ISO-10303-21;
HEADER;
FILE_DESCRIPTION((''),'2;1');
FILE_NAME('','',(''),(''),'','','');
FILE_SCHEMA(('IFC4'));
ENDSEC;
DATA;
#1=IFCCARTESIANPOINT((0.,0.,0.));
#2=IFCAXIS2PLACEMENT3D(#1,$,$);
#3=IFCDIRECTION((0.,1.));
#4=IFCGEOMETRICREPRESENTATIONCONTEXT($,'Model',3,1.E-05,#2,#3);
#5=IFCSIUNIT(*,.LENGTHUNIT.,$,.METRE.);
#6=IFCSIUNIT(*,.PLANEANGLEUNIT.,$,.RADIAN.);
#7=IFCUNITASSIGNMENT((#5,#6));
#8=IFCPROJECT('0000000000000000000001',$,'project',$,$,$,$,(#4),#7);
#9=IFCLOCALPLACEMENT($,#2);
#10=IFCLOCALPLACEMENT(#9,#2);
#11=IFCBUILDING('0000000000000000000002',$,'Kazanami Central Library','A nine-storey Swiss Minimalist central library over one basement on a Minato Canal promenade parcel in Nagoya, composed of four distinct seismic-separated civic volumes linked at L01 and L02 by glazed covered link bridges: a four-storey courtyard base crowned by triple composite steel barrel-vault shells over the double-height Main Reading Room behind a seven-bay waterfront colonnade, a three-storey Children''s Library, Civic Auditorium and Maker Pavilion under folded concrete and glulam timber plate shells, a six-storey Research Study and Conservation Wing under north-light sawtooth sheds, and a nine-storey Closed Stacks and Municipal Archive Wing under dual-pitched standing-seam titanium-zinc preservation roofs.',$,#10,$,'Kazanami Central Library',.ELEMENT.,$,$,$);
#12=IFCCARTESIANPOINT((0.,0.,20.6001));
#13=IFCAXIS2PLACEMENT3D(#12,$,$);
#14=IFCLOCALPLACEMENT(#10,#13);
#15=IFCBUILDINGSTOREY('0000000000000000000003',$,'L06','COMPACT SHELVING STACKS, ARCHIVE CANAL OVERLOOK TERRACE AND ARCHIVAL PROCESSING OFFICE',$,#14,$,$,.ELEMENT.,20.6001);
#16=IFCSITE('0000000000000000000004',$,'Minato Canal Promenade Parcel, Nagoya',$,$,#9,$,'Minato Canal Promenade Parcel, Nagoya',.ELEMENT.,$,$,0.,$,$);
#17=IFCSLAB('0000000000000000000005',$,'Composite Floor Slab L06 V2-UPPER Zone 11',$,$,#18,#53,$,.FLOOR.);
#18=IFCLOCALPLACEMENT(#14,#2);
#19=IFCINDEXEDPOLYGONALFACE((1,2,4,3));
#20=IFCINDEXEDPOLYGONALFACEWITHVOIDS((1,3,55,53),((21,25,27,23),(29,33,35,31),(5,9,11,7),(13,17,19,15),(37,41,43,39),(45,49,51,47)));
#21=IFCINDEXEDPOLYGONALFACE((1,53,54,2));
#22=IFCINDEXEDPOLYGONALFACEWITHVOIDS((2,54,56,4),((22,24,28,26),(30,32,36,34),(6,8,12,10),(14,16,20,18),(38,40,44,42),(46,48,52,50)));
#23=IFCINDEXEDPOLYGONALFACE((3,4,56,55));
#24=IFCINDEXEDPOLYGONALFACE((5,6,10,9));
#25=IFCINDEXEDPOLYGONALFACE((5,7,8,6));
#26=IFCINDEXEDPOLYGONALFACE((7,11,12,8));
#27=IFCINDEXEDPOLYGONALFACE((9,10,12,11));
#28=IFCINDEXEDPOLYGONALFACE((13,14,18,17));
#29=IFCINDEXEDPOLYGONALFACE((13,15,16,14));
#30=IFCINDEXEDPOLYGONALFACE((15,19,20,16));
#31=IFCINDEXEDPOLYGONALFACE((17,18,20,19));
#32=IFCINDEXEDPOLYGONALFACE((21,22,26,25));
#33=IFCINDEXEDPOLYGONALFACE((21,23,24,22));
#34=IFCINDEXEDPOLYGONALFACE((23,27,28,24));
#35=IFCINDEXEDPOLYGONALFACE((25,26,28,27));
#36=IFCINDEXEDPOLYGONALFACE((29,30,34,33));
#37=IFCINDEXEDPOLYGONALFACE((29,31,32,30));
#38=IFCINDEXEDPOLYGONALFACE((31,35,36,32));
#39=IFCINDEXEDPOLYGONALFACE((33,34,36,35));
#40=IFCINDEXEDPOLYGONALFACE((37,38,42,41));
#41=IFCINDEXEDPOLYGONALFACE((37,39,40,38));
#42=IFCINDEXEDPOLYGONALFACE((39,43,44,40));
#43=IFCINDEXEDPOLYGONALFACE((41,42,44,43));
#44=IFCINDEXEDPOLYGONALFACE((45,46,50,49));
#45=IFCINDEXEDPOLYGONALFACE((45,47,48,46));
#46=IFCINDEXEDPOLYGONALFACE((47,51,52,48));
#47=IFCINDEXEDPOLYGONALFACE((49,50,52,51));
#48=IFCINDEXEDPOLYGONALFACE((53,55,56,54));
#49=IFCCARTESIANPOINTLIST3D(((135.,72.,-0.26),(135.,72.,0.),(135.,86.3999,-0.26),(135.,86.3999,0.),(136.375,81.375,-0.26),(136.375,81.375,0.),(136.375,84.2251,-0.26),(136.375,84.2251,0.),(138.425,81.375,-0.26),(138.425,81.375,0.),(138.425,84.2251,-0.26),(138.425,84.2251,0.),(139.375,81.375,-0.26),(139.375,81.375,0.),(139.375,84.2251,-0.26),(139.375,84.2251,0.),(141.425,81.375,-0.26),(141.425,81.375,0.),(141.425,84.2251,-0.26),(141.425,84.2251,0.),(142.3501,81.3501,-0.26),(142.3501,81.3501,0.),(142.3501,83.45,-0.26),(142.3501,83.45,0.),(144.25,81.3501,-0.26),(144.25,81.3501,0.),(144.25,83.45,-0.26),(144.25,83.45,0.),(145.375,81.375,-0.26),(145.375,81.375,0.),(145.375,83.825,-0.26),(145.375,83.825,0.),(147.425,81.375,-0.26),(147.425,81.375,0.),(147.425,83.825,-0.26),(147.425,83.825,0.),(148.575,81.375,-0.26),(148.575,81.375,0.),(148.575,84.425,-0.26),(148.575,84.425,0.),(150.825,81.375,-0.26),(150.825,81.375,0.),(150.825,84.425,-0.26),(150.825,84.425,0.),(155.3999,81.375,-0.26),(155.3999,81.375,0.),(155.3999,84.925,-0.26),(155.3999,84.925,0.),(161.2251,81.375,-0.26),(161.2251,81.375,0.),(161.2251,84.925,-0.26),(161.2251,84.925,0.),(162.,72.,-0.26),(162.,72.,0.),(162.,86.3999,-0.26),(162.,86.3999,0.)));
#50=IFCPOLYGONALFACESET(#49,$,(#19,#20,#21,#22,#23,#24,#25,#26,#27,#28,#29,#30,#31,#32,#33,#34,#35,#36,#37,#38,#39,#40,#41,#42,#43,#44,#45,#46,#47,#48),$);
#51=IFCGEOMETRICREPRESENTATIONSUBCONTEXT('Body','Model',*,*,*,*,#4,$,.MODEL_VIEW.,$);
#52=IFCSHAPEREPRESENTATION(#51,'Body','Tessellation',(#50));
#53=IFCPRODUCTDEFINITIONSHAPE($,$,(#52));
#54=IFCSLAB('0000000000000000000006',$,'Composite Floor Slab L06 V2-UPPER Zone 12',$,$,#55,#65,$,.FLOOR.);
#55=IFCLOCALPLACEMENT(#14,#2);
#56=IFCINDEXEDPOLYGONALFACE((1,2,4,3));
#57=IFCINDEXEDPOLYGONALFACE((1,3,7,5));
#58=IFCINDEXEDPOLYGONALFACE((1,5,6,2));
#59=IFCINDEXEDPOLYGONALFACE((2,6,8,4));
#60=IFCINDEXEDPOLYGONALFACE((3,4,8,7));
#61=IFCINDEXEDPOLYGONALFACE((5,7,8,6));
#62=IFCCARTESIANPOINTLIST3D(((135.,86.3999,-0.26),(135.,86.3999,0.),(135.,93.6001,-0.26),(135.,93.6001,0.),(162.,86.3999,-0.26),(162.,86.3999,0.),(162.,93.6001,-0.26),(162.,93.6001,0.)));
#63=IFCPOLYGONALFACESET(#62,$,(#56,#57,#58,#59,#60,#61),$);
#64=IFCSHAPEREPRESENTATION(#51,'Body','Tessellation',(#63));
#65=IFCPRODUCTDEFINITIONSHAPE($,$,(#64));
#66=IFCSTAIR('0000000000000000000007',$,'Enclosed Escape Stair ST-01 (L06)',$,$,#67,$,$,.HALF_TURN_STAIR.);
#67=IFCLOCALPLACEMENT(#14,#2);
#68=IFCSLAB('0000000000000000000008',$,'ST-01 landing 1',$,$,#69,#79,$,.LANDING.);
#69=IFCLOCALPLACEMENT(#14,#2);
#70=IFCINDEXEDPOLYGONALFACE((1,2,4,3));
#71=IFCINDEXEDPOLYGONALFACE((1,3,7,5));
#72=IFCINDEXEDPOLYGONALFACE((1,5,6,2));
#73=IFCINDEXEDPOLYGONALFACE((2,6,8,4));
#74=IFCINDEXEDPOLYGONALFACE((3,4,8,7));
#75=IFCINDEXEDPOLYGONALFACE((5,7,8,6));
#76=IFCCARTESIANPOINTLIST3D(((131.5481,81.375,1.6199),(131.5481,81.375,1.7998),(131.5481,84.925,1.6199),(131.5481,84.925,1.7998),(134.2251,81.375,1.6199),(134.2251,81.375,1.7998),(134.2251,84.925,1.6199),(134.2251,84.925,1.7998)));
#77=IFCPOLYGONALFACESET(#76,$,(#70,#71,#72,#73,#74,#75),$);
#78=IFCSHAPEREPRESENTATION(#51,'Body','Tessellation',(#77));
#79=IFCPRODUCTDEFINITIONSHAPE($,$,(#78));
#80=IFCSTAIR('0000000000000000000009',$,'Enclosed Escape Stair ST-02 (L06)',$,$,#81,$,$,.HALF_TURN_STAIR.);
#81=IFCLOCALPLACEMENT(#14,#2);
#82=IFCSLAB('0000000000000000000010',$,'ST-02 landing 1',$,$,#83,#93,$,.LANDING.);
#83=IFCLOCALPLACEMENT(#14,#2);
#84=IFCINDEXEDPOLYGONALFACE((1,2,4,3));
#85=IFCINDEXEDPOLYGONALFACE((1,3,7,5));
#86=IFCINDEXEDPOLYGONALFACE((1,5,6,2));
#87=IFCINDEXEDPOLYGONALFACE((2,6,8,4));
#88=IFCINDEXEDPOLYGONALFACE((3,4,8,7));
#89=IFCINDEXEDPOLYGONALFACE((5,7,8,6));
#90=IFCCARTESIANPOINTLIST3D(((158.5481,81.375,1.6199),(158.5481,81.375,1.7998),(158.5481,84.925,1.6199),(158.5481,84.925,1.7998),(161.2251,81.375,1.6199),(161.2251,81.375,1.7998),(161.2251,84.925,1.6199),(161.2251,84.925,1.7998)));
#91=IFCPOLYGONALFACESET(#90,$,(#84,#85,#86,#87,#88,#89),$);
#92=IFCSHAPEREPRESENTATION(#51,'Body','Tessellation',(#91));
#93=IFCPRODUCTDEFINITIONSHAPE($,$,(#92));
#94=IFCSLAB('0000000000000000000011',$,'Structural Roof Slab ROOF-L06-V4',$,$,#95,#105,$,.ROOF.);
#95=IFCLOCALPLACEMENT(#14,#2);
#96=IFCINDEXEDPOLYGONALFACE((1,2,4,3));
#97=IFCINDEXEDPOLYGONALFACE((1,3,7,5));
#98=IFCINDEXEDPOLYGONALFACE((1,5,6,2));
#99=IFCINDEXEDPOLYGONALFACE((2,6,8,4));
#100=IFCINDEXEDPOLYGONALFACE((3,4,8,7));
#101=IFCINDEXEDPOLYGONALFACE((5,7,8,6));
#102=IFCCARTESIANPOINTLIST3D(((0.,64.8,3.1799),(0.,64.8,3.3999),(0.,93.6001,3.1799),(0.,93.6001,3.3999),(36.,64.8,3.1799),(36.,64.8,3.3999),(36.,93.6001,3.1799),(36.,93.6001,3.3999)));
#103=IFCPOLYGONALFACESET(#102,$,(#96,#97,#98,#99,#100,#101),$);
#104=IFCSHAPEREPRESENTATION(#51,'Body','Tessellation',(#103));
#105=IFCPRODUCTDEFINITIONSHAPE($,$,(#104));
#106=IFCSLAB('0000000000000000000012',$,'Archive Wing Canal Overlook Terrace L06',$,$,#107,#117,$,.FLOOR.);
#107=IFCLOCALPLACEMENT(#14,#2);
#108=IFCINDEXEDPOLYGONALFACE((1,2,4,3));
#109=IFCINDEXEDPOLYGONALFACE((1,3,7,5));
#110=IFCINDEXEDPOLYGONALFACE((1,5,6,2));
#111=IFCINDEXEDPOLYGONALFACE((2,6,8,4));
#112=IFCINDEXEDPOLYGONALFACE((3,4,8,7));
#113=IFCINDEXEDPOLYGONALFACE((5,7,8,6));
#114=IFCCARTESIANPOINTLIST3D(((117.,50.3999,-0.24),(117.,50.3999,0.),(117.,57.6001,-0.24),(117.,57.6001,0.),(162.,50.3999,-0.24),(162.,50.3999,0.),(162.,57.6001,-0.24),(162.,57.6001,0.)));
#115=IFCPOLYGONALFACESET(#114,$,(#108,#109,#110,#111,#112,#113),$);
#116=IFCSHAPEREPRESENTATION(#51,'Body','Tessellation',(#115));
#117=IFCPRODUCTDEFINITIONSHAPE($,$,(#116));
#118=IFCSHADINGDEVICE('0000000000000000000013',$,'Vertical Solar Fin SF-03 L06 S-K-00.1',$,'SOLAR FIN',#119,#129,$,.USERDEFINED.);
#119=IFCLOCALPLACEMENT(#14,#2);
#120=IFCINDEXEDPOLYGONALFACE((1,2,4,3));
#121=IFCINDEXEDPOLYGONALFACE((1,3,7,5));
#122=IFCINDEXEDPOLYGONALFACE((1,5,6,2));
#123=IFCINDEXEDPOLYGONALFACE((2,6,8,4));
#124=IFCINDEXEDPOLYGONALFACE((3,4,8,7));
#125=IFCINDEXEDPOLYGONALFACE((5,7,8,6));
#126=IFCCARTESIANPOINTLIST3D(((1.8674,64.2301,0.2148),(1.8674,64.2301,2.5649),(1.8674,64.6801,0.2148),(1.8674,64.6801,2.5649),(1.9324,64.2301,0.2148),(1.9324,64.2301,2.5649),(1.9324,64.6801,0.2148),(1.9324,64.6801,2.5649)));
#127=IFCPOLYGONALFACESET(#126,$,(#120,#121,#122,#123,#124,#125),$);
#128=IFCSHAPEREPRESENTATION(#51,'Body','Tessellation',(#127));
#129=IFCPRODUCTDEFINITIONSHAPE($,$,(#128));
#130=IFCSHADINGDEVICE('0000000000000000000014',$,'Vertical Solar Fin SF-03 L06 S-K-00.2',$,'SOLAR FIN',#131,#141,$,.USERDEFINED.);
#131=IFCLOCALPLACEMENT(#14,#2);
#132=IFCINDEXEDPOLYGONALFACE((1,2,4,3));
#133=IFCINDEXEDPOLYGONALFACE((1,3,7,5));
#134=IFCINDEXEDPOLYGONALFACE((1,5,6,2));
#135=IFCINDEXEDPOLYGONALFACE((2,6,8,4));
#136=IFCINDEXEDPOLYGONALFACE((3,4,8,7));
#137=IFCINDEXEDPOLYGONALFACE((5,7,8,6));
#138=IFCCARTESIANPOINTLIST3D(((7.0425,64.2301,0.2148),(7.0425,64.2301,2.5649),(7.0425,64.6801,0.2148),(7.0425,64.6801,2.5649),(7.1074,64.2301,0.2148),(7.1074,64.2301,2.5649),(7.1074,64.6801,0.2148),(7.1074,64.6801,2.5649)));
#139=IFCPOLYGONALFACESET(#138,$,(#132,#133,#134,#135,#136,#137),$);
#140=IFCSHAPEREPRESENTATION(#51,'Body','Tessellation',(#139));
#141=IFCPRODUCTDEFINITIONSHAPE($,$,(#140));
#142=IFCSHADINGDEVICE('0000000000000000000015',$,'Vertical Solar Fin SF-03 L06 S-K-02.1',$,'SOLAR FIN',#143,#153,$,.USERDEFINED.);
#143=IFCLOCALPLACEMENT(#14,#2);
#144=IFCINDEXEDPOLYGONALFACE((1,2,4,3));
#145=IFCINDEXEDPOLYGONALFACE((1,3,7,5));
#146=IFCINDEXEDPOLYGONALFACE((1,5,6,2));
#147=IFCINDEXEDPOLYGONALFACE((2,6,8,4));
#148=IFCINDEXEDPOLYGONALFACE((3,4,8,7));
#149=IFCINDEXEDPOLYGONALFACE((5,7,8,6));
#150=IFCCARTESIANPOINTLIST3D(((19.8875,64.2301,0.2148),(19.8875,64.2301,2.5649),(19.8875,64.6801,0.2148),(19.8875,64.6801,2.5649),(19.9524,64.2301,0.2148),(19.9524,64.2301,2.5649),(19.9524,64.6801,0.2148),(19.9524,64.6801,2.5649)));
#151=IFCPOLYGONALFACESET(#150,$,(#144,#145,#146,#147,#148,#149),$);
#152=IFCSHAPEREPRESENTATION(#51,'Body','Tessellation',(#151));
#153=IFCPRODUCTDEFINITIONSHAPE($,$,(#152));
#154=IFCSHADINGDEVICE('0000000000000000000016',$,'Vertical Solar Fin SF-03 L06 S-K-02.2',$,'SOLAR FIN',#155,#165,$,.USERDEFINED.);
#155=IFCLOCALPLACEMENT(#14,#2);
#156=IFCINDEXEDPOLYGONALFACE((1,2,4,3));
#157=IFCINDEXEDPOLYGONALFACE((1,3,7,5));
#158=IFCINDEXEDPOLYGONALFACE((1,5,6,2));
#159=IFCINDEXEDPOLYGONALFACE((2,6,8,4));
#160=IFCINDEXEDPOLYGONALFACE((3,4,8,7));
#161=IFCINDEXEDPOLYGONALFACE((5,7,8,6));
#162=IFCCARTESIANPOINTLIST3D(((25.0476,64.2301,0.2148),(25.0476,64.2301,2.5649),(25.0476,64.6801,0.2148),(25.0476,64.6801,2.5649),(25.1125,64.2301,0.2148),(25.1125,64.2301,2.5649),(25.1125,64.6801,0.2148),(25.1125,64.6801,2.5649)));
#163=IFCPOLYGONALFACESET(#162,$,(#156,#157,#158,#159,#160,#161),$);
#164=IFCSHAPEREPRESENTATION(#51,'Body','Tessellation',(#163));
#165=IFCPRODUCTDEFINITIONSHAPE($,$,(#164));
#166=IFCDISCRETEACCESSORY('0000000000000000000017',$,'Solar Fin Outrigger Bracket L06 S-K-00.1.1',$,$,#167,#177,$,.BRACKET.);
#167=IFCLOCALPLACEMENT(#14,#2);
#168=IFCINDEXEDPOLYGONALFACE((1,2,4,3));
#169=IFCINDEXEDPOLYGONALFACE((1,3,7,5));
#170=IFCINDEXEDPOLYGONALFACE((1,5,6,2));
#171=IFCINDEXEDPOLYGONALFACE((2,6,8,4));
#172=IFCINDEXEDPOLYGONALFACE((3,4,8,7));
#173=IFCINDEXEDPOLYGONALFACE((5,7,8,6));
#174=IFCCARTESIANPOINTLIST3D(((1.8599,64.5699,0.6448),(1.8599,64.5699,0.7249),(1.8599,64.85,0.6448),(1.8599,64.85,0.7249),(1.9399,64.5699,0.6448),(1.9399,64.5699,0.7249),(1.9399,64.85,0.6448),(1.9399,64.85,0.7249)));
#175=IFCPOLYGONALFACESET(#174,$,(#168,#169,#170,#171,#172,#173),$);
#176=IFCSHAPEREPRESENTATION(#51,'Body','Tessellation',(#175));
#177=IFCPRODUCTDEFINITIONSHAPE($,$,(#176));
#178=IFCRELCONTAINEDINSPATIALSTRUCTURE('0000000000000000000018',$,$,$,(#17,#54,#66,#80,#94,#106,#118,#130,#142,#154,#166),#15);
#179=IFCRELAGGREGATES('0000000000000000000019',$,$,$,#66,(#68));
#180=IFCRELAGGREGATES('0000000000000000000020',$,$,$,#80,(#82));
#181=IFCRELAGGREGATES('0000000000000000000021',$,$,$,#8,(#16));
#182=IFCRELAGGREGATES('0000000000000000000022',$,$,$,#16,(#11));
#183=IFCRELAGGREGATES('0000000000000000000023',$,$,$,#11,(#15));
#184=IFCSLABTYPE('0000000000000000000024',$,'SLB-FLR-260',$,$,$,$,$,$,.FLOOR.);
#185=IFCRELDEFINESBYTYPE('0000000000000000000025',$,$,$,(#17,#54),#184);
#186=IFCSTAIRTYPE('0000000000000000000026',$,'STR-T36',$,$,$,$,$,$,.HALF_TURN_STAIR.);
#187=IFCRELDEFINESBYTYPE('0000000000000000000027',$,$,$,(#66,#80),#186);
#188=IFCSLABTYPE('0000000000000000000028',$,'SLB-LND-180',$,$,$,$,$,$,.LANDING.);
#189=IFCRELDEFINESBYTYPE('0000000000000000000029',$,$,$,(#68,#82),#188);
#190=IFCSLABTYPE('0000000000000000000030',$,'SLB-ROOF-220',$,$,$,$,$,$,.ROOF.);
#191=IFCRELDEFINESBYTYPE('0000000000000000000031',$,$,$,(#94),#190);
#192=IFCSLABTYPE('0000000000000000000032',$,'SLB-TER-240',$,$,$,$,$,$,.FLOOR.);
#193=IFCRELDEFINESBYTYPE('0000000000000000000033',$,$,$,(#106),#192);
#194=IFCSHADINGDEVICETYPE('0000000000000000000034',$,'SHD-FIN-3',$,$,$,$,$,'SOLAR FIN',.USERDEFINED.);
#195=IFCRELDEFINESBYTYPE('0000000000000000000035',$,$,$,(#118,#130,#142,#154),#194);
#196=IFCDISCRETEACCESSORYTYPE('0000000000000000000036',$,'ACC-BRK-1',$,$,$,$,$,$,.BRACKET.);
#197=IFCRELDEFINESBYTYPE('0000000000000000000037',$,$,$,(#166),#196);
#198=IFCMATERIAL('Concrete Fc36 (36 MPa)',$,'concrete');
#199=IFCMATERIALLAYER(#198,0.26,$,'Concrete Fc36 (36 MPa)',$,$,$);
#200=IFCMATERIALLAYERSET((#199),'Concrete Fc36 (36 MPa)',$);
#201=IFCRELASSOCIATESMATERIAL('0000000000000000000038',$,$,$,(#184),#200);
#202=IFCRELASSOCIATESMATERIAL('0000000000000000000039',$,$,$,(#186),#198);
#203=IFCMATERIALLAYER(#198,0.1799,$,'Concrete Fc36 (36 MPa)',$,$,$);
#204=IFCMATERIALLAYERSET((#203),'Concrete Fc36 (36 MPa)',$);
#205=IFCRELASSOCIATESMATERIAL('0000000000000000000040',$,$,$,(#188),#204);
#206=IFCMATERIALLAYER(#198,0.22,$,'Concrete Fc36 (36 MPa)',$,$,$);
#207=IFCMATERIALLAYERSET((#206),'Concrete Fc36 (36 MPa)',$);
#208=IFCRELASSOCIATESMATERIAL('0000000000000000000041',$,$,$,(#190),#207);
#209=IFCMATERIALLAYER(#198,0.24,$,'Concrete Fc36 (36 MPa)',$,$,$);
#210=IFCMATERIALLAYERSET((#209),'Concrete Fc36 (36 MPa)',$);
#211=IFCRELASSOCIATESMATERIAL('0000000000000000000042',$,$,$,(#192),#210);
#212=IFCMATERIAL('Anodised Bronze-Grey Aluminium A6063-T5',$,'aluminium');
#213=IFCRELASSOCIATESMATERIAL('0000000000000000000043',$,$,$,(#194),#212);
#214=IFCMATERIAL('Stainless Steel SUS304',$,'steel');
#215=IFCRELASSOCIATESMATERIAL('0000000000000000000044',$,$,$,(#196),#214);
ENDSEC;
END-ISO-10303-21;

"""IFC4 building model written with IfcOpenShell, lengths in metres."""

from ifc_helpers import new_model, si_unit, direction, frame, origin, origin_2d, place, context, subcontext, project, spatial, polyline, rectangle, outline, extrude, material, layer, layer_set, type_object, element, aggregate, save


model = new_model("IFC4")

# Units and contexts
model_context = context("Model", 3, precision=1e-05, world=origin(), true_north=direction((0.0, 1.0)))
body_context = subcontext(model_context, "Body", "Model", "MODEL_VIEW")
ifc_project = project(units=[si_unit("LENGTHUNIT", "METRE"), si_unit("PLANEANGLEUNIT", "RADIAN")], contexts=[model_context])

# Site, building, storey
site_placement = place(None, origin())
site = spatial("IfcSite", under=ifc_project, at=site_placement, Name="Minato Canal Promenade Parcel, Nagoya", LongName="Minato Canal Promenade Parcel, Nagoya", CompositionType="ELEMENT", RefElevation=0.0)
building_placement = place(site_placement, origin())
building = spatial("IfcBuilding", under=site, at=building_placement, Name="Kazanami Central Library", Description="A nine-storey Swiss Minimalist central library over one basement on a Minato Canal promenade parcel in Nagoya, composed of four distinct seismic-separated civic volumes linked at L01 and L02 by glazed covered link bridges: a four-storey courtyard base crowned by triple composite steel barrel-vault shells over the double-height Main Reading Room behind a seven-bay waterfront colonnade, a three-storey Children's Library, Civic Auditorium and Maker Pavilion under folded concrete and glulam timber plate shells, a six-storey Research Study and Conservation Wing under north-light sawtooth sheds, and a nine-storey Closed Stacks and Municipal Archive Wing under dual-pitched standing-seam titanium-zinc preservation roofs.", LongName="Kazanami Central Library", CompositionType="ELEMENT")
storey_placement = place(building_placement, frame((0.0, 0.0, 20.6001)))
storey = spatial("IfcBuildingStorey", under=building, at=storey_placement, Name="L06", Description="COMPACT SHELVING STACKS, ARCHIVE CANAL OVERLOOK TERRACE AND ARCHIVAL PROCESSING OFFICE", CompositionType="ELEMENT", Elevation=20.6001)

# Slabs
ifc_material_1 = material(Name="Concrete Fc36 (36 MPa)", Category="concrete")
ifc_layer_1 = layer(ifc_material_1, 0.26, Name="Concrete Fc36 (36 MPa)")
ifc_layer_set_1 = layer_set([ifc_layer_1], Name="Concrete Fc36 (36 MPa)")
slab_type_1 = type_object("IfcSlabType", Name="SLB-FLR-260", PredefinedType="FLOOR", material=ifc_layer_set_1)
slab_1_placement = place(storey_placement, frame((0.0, 0.0, -0.26)))
element("IfcSlab", 1, at=slab_1_placement, inside=storey, type_object=slab_type_1, Name="Composite Floor Slab L06 V2-UPPER Zone 11", PredefinedType="FLOOR", context=body_context, shape_type="SweptSolid", body=[
    extrude(outline(polyline([(135.0, 72.0), (162.0, 72.0), (162.0, 86.3999), (135.0, 86.3999), (135.0, 72.0)]), holes=[polyline([(155.3999, 81.375), (161.2251, 81.375), (161.2251, 84.925), (155.3999, 84.925), (155.3999, 81.375)]), polyline([(136.375, 81.375), (138.425, 81.375), (138.425, 84.2251), (136.375, 84.2251), (136.375, 81.375)]), polyline([(139.375, 81.375), (141.425, 81.375), (141.425, 84.2251), (139.375, 84.2251), (139.375, 81.375)]), polyline([(145.375, 81.375), (147.425, 81.375), (147.425, 83.825), (145.375, 83.825), (145.375, 81.375)]), polyline([(148.575, 81.375), (150.825, 81.375), (150.825, 84.425), (148.575, 84.425), (148.575, 81.375)]), polyline([(142.3501, 81.3501), (144.25, 81.3501), (144.25, 83.45), (142.3501, 83.45), (142.3501, 81.3501)])]), origin(), (0.0, 0.0, 1.0), 0.26),
])
slab_2_placement = place(storey_placement, frame((0.0, 0.0, -0.26)))
element("IfcSlab", 2, at=slab_2_placement, inside=storey, type_object=slab_type_1, Name="Composite Floor Slab L06 V2-UPPER Zone 12", PredefinedType="FLOOR", context=body_context, shape_type="SweptSolid", body=[
    extrude(outline(polyline([(135.0, 86.3999), (162.0, 86.3999), (162.0, 93.6001), (135.0, 93.6001), (135.0, 86.3999)])), origin(), (0.0, 0.0, 1.0), 0.26),
])

# Stairs, slabs
stair_type = type_object("IfcStairType", Name="STR-T36", PredefinedType="HALF_TURN_STAIR", material=ifc_material_1)
stair_1_placement = place(storey_placement, origin())
stair_1 = element("IfcStair", 3, at=stair_1_placement, inside=storey, type_object=stair_type, Name="Enclosed Escape Stair ST-01 (L06)", PredefinedType="HALF_TURN_STAIR")
ifc_layer_2 = layer(ifc_material_1, 0.1799, Name="Concrete Fc36 (36 MPa)")
ifc_layer_set_2 = layer_set([ifc_layer_2], Name="Concrete Fc36 (36 MPa)")
slab_type_2 = type_object("IfcSlabType", Name="SLB-LND-180", PredefinedType="LANDING", material=ifc_layer_set_2)
slab_3_placement = place(storey_placement, frame((0.0, 0.0, 1.6199)))
slab_3 = element("IfcSlab", 4, at=slab_3_placement, type_object=slab_type_2, Name="ST-01 landing 1", PredefinedType="LANDING", context=body_context, shape_type="SweptSolid", body=[
    extrude(outline(polyline([(131.5481, 81.375), (134.2251, 81.375), (134.2251, 84.925), (131.5481, 84.925), (131.5481, 81.375)])), origin(), (0.0, 0.0, 1.0), 0.1799),
])
aggregate(stair_1, [slab_3])
stair_2_placement = place(storey_placement, origin())
stair_2 = element("IfcStair", 5, at=stair_2_placement, inside=storey, type_object=stair_type, Name="Enclosed Escape Stair ST-02 (L06)", PredefinedType="HALF_TURN_STAIR")
slab_4_placement = place(storey_placement, frame((0.0, 0.0, 1.6199)))
slab_4 = element("IfcSlab", 6, at=slab_4_placement, type_object=slab_type_2, Name="ST-02 landing 1", PredefinedType="LANDING", context=body_context, shape_type="SweptSolid", body=[
    extrude(outline(polyline([(158.5481, 81.375), (161.2251, 81.375), (161.2251, 84.925), (158.5481, 84.925), (158.5481, 81.375)])), origin(), (0.0, 0.0, 1.0), 0.1799),
])
aggregate(stair_2, [slab_4])

# Slabs
ifc_layer_3 = layer(ifc_material_1, 0.22, Name="Concrete Fc36 (36 MPa)")
ifc_layer_set_3 = layer_set([ifc_layer_3], Name="Concrete Fc36 (36 MPa)")
slab_type_3 = type_object("IfcSlabType", Name="SLB-ROOF-220", PredefinedType="ROOF", material=ifc_layer_set_3)
slab_5_placement = place(storey_placement, frame((0.0, 0.0, 3.1799)))
element("IfcSlab", 7, at=slab_5_placement, inside=storey, type_object=slab_type_3, Name="Structural Roof Slab ROOF-L06-V4", PredefinedType="ROOF", context=body_context, shape_type="SweptSolid", body=[
    extrude(outline(polyline([(0.0, 64.8), (36.0, 64.8), (36.0, 93.6001), (0.0, 93.6001), (0.0, 64.8)])), origin(), (0.0, 0.0, 1.0), 0.22),
])
ifc_layer_4 = layer(ifc_material_1, 0.24, Name="Concrete Fc36 (36 MPa)")
ifc_layer_set_4 = layer_set([ifc_layer_4], Name="Concrete Fc36 (36 MPa)")
slab_type_4 = type_object("IfcSlabType", Name="SLB-TER-240", PredefinedType="FLOOR", material=ifc_layer_set_4)
slab_6_placement = place(storey_placement, frame((0.0, 0.0, -0.24)))
element("IfcSlab", 8, at=slab_6_placement, inside=storey, type_object=slab_type_4, Name="Archive Wing Canal Overlook Terrace L06", PredefinedType="FLOOR", context=body_context, shape_type="SweptSolid", body=[
    extrude(outline(polyline([(117.0, 50.3999), (162.0, 50.3999), (162.0, 57.6001), (117.0, 57.6001), (117.0, 50.3999)])), origin(), (0.0, 0.0, 1.0), 0.24),
])

# Shading devices
ifc_material_2 = material(Name="Anodised Bronze-Grey Aluminium A6063-T5", Category="aluminium")
shading_device_type = type_object("IfcShadingDeviceType", Name="SHD-FIN-3", ElementType="SOLAR FIN", PredefinedType="USERDEFINED", material=ifc_material_2)
for number, where, z_axis, x_axis, name in (
    (9, (1.8999, 64.4551, 0.2148), (0.0, 0.0, 1.0), (1.0, 0.0, 0.0), "Vertical Solar Fin SF-03 L06 S-K-00.1"),
    (10, (7.075, 64.4551, 0.2148), (0.0, 0.0, 1.0), (1.0, 0.0, 0.0), "Vertical Solar Fin SF-03 L06 S-K-00.2"),
    (11, (19.9199, 64.4551, 0.2148), (0.0, 0.0, 1.0), (1.0, 0.0, 0.0), "Vertical Solar Fin SF-03 L06 S-K-02.1"),
    (12, (25.0801, 64.4551, 0.2148), (0.0, 0.0, 1.0), (1.0, 0.0, 0.0), "Vertical Solar Fin SF-03 L06 S-K-02.2"),
):
    element("IfcShadingDevice", number, at=place(storey_placement, frame(where, z_axis=z_axis, x_axis=x_axis)), inside=storey, type_object=shading_device_type, Name=name, ObjectType="SOLAR FIN", PredefinedType="USERDEFINED", context=body_context, shape_type="SweptSolid", body=[
        extrude(rectangle(XDim=0.0649, YDim=0.45, at=origin_2d()), origin(), (0.0, 0.0, 1.0), 2.3501),
    ])

# Discrete accessory
ifc_material_3 = material(Name="Stainless Steel SUS304", Category="steel")
discrete_accessory_type = type_object("IfcDiscreteAccessoryType", Name="ACC-BRK-1", PredefinedType="BRACKET", material=ifc_material_3)
discrete_accessory_placement = place(storey_placement, frame((1.8999, 64.71, 0.6448), z_axis=(0.0, 0.0, 1.0), x_axis=(1.0, 0.0, 0.0)))
element("IfcDiscreteAccessory", 13, at=discrete_accessory_placement, inside=storey, type_object=discrete_accessory_type, Name="Solar Fin Outrigger Bracket L06 S-K-00.1.1", PredefinedType="BRACKET", context=body_context, shape_type="SweptSolid", body=[
    extrude(rectangle(XDim=0.0801, YDim=0.28, at=origin_2d()), origin(), (0.0, 0.0, 1.0), 0.0801),
])

save(model, "model.ifc")
